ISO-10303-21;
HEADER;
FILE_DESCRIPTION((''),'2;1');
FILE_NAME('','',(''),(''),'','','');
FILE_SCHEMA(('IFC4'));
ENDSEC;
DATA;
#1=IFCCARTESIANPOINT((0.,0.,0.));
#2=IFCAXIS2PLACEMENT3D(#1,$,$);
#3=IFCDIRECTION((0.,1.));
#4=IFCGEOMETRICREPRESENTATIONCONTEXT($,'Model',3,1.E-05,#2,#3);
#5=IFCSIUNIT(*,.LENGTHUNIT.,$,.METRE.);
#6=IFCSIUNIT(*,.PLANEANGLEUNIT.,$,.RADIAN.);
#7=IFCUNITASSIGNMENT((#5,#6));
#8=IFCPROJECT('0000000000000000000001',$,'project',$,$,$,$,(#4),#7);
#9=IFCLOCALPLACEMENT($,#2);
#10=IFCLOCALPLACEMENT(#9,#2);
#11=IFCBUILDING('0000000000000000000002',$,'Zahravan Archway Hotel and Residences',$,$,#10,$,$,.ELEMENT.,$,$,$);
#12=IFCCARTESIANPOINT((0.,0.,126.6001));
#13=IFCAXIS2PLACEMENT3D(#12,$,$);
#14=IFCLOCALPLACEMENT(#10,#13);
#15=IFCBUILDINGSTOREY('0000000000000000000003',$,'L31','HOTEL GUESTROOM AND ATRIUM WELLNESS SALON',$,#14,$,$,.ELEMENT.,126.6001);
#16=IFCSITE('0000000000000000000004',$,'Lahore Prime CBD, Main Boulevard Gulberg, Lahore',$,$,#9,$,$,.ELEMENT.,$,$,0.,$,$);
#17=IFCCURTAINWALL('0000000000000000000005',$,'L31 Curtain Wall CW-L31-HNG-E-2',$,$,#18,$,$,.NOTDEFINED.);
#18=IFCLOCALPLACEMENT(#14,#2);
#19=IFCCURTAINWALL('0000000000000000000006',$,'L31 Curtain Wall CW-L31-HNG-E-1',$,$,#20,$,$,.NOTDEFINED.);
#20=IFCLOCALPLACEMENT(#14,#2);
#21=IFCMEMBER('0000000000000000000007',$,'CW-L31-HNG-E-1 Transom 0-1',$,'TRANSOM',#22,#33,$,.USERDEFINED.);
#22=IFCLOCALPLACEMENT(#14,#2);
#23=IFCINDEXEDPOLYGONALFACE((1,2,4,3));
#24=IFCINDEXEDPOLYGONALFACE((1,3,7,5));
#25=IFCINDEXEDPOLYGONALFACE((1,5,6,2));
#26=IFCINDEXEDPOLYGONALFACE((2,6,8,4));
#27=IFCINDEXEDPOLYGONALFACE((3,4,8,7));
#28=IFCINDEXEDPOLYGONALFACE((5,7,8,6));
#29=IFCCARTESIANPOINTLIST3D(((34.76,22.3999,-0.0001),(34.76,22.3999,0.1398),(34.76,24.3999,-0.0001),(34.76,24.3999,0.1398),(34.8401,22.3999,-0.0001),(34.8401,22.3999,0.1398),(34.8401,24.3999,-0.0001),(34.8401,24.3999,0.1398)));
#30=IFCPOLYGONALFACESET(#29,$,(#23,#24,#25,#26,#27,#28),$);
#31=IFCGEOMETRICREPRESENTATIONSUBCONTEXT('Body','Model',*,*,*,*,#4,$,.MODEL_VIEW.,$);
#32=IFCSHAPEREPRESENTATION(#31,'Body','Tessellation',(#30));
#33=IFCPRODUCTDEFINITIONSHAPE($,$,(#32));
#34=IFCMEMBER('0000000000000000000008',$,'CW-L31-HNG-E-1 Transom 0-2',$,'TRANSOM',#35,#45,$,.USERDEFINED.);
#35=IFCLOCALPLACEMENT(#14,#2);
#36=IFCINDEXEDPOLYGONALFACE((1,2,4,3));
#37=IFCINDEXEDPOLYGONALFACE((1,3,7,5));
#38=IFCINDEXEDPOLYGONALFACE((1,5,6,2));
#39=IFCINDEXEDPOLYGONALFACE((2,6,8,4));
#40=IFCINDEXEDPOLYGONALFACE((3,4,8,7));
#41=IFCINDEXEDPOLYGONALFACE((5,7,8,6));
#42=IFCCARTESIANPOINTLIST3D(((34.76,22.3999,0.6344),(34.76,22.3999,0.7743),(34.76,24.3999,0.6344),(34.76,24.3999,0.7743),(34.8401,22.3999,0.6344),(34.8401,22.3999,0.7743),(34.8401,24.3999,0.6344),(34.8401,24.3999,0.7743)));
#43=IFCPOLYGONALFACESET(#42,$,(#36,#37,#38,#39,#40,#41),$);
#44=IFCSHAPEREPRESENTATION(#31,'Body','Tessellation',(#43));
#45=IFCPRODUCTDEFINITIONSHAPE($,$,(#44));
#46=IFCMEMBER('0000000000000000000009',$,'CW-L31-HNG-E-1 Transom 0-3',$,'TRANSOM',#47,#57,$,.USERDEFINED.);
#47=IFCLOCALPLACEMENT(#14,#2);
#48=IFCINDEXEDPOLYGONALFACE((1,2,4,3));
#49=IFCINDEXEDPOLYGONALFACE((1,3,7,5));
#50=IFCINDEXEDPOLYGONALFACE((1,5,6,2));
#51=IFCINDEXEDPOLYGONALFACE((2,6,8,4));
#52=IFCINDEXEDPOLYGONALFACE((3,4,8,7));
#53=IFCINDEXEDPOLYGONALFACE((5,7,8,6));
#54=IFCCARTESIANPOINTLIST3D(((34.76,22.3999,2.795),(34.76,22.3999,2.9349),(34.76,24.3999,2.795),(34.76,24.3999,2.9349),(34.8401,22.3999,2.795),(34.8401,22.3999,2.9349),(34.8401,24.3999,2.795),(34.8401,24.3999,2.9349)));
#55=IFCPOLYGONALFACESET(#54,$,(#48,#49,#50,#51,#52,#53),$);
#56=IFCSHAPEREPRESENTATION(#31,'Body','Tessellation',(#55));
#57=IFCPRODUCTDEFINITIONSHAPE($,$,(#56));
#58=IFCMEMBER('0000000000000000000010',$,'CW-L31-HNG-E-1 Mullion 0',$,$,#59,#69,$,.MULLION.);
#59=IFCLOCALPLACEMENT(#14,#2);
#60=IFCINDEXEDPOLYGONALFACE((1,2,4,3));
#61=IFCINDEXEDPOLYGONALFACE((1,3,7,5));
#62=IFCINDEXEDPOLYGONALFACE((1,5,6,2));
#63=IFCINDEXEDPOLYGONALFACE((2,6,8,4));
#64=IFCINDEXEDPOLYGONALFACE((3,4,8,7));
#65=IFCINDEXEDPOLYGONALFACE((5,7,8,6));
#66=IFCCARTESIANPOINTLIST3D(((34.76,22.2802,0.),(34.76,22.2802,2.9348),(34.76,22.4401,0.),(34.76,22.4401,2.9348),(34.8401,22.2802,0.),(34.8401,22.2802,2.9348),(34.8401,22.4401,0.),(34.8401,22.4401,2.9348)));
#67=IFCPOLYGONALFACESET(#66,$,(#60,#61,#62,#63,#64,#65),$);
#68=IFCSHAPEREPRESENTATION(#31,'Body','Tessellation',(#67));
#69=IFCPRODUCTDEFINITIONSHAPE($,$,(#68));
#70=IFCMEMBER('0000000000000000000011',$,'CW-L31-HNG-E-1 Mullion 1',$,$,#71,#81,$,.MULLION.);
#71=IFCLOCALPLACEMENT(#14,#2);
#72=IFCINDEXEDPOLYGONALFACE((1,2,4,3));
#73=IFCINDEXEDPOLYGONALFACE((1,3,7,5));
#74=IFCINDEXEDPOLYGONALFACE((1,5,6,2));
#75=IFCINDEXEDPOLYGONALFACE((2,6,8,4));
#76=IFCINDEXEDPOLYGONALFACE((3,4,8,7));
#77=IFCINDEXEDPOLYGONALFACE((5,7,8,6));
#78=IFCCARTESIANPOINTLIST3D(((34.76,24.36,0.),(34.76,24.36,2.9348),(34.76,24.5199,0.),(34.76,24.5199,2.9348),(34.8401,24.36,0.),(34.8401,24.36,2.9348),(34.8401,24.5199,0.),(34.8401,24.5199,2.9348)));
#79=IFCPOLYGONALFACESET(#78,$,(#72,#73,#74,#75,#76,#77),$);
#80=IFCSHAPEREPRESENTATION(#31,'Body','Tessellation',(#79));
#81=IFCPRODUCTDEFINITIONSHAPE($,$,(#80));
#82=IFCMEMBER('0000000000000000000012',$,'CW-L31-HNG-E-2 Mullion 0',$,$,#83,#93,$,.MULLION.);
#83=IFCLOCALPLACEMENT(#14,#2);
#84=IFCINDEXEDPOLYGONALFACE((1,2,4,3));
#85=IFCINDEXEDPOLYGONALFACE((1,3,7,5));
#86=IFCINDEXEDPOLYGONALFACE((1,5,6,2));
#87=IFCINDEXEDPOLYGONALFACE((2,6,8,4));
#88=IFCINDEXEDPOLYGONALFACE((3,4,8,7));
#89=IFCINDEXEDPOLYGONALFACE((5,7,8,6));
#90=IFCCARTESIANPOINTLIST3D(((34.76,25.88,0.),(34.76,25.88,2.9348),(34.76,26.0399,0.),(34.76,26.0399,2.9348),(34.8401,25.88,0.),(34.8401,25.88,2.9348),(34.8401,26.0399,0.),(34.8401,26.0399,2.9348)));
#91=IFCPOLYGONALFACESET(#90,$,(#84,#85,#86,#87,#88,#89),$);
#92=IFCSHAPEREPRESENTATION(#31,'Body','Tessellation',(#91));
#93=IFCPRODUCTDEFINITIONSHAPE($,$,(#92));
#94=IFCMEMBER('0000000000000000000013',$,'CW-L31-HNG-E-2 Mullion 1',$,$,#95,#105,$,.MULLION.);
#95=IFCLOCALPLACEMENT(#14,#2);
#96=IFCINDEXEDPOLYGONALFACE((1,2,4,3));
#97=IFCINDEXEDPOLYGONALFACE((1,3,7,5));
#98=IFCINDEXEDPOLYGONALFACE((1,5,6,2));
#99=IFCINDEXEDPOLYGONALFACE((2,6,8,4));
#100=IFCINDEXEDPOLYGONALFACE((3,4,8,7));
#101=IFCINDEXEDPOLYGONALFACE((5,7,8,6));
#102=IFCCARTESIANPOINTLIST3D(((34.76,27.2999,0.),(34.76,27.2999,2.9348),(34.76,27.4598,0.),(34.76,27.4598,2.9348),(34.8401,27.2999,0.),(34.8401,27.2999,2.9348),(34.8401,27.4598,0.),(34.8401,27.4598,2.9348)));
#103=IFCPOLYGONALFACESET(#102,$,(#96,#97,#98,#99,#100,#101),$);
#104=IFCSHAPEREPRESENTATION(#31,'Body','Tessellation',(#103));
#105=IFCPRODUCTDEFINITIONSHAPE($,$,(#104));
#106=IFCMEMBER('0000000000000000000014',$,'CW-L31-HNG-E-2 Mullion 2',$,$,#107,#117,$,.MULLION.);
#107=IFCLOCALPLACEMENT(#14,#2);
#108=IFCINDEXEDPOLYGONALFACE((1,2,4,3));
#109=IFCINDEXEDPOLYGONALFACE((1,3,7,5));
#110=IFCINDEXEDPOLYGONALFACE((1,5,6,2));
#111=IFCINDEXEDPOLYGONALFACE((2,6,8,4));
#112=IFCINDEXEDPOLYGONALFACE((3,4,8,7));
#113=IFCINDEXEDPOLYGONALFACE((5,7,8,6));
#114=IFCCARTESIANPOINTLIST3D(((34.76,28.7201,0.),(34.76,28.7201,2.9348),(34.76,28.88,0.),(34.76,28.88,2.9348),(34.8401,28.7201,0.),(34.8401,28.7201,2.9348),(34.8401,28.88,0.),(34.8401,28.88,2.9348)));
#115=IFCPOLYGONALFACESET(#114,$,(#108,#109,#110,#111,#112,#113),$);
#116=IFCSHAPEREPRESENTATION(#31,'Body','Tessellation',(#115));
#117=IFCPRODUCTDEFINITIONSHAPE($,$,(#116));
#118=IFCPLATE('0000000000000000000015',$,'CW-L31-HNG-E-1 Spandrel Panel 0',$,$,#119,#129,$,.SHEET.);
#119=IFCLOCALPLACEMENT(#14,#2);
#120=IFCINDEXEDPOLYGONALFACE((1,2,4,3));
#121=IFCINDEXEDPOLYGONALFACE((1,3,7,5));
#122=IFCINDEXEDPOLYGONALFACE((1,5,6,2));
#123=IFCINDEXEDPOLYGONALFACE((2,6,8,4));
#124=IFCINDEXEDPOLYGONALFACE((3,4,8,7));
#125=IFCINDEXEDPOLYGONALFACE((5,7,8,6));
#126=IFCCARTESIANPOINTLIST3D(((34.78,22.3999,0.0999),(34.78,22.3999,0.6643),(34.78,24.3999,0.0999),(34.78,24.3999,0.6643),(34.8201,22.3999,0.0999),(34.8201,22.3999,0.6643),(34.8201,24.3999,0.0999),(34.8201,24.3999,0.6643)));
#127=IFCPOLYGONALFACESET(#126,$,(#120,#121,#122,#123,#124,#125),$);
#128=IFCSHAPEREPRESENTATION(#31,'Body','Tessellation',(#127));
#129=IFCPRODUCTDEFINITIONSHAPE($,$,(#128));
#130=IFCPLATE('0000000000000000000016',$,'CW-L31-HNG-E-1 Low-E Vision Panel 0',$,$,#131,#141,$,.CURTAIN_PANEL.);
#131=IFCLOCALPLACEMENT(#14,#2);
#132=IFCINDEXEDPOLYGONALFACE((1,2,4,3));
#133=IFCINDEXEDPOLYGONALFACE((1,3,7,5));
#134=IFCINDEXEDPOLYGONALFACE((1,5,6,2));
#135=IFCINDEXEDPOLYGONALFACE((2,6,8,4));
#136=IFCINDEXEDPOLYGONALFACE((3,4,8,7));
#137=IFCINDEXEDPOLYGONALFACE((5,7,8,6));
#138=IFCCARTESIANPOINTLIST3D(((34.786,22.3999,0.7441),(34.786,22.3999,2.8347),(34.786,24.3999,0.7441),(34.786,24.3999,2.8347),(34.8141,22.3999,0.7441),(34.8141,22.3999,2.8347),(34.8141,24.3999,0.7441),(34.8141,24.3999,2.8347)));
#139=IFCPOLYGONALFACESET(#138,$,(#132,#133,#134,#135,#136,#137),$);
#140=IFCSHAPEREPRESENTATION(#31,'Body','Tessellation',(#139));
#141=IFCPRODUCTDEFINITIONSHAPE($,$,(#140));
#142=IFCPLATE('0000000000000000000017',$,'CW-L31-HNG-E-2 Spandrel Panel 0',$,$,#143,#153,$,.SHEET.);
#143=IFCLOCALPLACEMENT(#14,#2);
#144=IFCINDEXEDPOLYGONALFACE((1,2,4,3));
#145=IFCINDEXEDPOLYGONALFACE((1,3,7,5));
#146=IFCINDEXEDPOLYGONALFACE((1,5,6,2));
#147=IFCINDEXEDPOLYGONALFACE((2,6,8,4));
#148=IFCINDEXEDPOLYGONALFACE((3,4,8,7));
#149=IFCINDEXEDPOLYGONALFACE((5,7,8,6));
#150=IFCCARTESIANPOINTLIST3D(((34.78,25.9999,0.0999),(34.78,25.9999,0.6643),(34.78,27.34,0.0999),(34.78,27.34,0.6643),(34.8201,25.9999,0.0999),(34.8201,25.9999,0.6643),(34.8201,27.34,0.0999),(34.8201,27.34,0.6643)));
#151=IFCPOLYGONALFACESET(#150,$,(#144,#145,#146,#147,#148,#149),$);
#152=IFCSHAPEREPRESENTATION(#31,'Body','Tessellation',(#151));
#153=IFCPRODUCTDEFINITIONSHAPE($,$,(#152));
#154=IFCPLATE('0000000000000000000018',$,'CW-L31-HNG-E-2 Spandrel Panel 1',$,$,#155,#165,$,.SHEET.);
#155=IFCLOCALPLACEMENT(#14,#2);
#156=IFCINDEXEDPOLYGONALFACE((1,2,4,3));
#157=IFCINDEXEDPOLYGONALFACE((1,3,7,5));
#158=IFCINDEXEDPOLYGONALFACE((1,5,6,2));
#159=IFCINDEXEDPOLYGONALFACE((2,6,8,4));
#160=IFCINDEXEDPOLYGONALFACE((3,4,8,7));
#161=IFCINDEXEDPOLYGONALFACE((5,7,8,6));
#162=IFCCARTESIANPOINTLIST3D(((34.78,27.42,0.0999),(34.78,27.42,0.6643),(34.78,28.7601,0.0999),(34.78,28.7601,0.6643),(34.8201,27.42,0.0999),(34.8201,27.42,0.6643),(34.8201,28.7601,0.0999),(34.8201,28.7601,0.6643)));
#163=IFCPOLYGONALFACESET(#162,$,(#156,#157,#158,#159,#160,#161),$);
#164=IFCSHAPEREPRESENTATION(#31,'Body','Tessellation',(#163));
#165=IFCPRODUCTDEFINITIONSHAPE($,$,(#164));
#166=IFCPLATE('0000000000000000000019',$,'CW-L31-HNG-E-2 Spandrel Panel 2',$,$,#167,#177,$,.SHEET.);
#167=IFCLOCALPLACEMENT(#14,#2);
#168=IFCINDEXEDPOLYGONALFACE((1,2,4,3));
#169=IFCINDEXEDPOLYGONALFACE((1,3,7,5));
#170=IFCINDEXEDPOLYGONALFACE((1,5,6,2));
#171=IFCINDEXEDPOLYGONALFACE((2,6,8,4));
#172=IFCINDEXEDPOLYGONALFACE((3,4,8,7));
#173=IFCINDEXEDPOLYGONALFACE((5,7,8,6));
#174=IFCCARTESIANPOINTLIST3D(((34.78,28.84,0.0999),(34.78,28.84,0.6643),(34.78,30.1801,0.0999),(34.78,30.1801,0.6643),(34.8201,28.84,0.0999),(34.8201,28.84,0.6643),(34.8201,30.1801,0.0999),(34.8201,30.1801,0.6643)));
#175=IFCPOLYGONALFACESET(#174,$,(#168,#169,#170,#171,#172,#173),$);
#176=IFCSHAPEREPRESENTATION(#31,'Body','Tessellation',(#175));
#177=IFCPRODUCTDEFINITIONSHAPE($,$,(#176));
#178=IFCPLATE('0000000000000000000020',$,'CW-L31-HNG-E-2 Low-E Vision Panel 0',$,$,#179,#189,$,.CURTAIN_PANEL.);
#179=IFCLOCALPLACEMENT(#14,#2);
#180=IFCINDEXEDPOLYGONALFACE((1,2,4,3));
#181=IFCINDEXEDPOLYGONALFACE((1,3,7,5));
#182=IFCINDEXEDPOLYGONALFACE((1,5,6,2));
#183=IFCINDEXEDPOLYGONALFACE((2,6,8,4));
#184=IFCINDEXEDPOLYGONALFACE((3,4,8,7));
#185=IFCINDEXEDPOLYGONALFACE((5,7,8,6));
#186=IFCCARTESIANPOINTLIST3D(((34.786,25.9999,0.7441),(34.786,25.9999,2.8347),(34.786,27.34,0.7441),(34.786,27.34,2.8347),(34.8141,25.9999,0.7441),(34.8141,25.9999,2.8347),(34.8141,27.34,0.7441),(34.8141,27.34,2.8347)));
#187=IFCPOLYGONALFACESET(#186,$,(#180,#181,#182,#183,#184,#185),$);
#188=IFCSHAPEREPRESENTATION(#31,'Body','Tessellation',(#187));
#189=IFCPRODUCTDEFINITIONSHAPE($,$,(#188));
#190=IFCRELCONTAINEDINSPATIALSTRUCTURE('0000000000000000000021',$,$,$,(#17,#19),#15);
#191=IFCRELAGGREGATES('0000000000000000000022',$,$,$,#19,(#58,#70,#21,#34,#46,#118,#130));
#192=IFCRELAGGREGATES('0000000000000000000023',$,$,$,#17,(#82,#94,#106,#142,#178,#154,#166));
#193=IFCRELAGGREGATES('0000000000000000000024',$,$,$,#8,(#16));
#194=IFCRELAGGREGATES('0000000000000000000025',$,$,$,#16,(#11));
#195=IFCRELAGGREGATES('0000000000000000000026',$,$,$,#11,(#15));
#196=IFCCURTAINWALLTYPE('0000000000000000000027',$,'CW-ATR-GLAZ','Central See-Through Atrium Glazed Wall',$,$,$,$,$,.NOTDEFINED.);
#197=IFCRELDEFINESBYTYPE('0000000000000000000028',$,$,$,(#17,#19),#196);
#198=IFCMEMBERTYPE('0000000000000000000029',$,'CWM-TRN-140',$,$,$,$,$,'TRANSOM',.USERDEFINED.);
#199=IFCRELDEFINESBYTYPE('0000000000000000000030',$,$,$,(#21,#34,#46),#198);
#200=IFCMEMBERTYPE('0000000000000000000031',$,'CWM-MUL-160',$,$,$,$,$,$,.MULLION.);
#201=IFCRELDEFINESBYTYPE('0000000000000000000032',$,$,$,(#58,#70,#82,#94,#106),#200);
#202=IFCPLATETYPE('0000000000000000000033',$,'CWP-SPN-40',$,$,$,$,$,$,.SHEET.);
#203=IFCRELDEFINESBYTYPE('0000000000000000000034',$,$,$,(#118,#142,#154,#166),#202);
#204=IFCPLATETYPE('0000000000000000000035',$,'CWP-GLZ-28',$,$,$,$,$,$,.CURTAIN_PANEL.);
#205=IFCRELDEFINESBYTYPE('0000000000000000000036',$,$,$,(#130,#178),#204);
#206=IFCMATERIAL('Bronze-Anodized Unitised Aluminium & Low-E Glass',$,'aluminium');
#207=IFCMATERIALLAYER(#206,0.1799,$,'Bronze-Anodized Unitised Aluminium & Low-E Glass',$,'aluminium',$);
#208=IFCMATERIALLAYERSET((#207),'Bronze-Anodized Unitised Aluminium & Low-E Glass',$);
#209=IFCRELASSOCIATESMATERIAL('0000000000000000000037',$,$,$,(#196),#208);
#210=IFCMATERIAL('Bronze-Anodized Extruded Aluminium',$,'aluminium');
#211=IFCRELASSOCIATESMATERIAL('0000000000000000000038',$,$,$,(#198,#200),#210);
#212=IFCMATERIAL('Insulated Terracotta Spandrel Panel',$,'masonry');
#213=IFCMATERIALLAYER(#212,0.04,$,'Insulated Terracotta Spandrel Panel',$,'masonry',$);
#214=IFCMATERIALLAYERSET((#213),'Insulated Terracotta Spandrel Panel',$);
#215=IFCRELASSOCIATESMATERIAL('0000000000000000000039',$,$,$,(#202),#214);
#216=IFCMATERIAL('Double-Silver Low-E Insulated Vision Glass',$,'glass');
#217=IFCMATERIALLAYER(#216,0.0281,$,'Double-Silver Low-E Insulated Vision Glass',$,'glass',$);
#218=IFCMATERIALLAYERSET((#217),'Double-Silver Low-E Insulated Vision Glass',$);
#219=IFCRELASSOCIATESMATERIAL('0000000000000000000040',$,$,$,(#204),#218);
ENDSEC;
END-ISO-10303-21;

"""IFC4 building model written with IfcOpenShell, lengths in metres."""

from ifc_helpers import new_model, si_unit, direction, frame, origin, origin_2d, place, context, subcontext, project, spatial, rectangle, extrude, source, transform, mapped, material, layer, layer_set, material_profile, profile_set, type_object, element, aggregate, save


model = new_model("IFC4")

# Units and contexts
model_context = context("Model", 3, precision=1e-05, world=origin(), true_north=direction((0.0, 1.0)))
body_context = subcontext(model_context, "Body", "Model", "MODEL_VIEW")
ifc_project = project(units=[si_unit("LENGTHUNIT", "METRE"), si_unit("PLANEANGLEUNIT", "RADIAN")], contexts=[model_context])

# Site, building, storey
site_placement = place(None, origin())
site = spatial("IfcSite", under=ifc_project, at=site_placement, Name="Lahore Prime CBD, Main Boulevard Gulberg, Lahore", CompositionType="ELEMENT", RefElevation=0.0)
building_placement = place(site_placement, origin())
building = spatial("IfcBuilding", under=site, at=building_placement, Name="Zahravan Archway Hotel and Residences", CompositionType="ELEMENT")
storey_placement = place(building_placement, frame((0.0, 0.0, 126.6001)))
storey = spatial("IfcBuildingStorey", under=building, at=storey_placement, Name="L31", Description="HOTEL GUESTROOM AND ATRIUM WELLNESS SALON", CompositionType="ELEMENT", Elevation=126.6001)

# Curtain walls, members
ifc_material_1 = material(Name="Bronze-Anodized Unitised Aluminium & Low-E Glass", Category="aluminium")
ifc_layer_1 = layer(ifc_material_1, 0.1799, Name="Bronze-Anodized Unitised Aluminium & Low-E Glass", Category="aluminium")
ifc_layer_set_1 = layer_set([ifc_layer_1], Name="Bronze-Anodized Unitised Aluminium & Low-E Glass")
curtain_wall_type = type_object("IfcCurtainWallType", Name="CW-ATR-GLAZ", Description="Central See-Through Atrium Glazed Wall", PredefinedType="NOTDEFINED", material=ifc_layer_set_1)
curtain_wall_1_placement = place(storey_placement, origin())
curtain_wall_1 = element("IfcCurtainWall", 1, at=curtain_wall_1_placement, inside=storey, type_object=curtain_wall_type, Name="L31 Curtain Wall CW-L31-HNG-E-2", PredefinedType="NOTDEFINED")
ifc_material_2 = material(Name="Bronze-Anodized Extruded Aluminium", Category="aluminium")
ifc_material_profile_1 = material_profile(ifc_material_2, rectangle(XDim=0.0801, YDim=0.1399, at=origin_2d()), Name="TRN 80x140", Category="aluminium")
ifc_profile_set_1 = profile_set([ifc_material_profile_1], Name="Bronze-Anodized Extruded Aluminium")
member_type_1 = type_object("IfcMemberType", Name="CWM-TRN-140", ElementType="TRANSOM", PredefinedType="USERDEFINED", material=ifc_profile_set_1)
curtain_wall_2_placement = place(storey_placement, origin())
curtain_wall_2 = element("IfcCurtainWall", 2, at=curtain_wall_2_placement, inside=storey, type_object=curtain_wall_type, Name="L31 Curtain Wall CW-L31-HNG-E-1", PredefinedType="NOTDEFINED")
shared_shape_1 = source(origin(), body_context, "Body", "SweptSolid", [
    extrude(rectangle(XDim=0.0801, YDim=0.1399, at=origin_2d()), origin(), (0.0, 0.0, 1.0), 2.0),
])
member_1_placement = place(storey_placement, frame((34.8, 22.3999, 0.0698), z_axis=(0.0, 1.0, 0.0), x_axis=(-1.0, 0.0, 0.0)))
member_1 = element("IfcMember", 3, at=member_1_placement, type_object=member_type_1, Name="CW-L31-HNG-E-1 Transom 0-1", ObjectType="TRANSOM", PredefinedType="USERDEFINED", context=body_context, shape_type="MappedRepresentation", body=[
    mapped(shared_shape_1, transform((0.0, 0.0, 0.0), scale=1.0)),
])
member_2_placement = place(storey_placement, frame((34.8, 22.3999, 0.7043), z_axis=(0.0, 1.0, 0.0), x_axis=(-1.0, 0.0, 0.0)))
member_2 = element("IfcMember", 4, at=member_2_placement, type_object=member_type_1, Name="CW-L31-HNG-E-1 Transom 0-2", ObjectType="TRANSOM", PredefinedType="USERDEFINED", context=body_context, shape_type="MappedRepresentation", body=[
    mapped(shared_shape_1, transform((0.0, 0.0, 0.0), scale=1.0)),
])
member_3_placement = place(storey_placement, frame((34.8, 22.3999, 2.865), z_axis=(0.0, 1.0, 0.0), x_axis=(-1.0, 0.0, 0.0)))
member_3 = element("IfcMember", 5, at=member_3_placement, type_object=member_type_1, Name="CW-L31-HNG-E-1 Transom 0-3", ObjectType="TRANSOM", PredefinedType="USERDEFINED", context=body_context, shape_type="MappedRepresentation", body=[
    mapped(shared_shape_1, transform((0.0, 0.0, 0.0), scale=1.0)),
])
ifc_material_profile_2 = material_profile(ifc_material_2, rectangle(XDim=0.0801, YDim=0.1599, at=origin_2d()), Name="MUL 80x160", Category="aluminium")
ifc_profile_set_2 = profile_set([ifc_material_profile_2], Name="Bronze-Anodized Extruded Aluminium")
member_type_2 = type_object("IfcMemberType", Name="CWM-MUL-160", PredefinedType="MULLION", material=ifc_profile_set_2)
shared_shape_2 = source(origin(), body_context, "Body", "SweptSolid", [
    extrude(rectangle(XDim=0.0801, YDim=0.1599, at=origin_2d()), origin(), (0.0, 0.0, 1.0), 2.9348),
])
member_4_placement = place(storey_placement, frame((34.8, 22.3601, 0.0), z_axis=(0.0, 0.0, 1.0), x_axis=(1.0, 0.0, 0.0)))
member_4 = element("IfcMember", 6, at=member_4_placement, type_object=member_type_2, Name="CW-L31-HNG-E-1 Mullion 0", PredefinedType="MULLION", context=body_context, shape_type="MappedRepresentation", body=[
    mapped(shared_shape_2, transform((0.0, 0.0, 0.0), scale=1.0)),
])
member_5_placement = place(storey_placement, frame((34.8, 24.4399, 0.0), z_axis=(0.0, 0.0, 1.0), x_axis=(1.0, 0.0, 0.0)))
member_5 = element("IfcMember", 7, at=member_5_placement, type_object=member_type_2, Name="CW-L31-HNG-E-1 Mullion 1", PredefinedType="MULLION", context=body_context, shape_type="MappedRepresentation", body=[
    mapped(shared_shape_2, transform((0.0, 0.0, 0.0), scale=1.0)),
])

# Members
member_6_placement = place(storey_placement, frame((34.8, 25.96, 0.0), z_axis=(0.0, 0.0, 1.0), x_axis=(1.0, 0.0, 0.0)))
member_6 = element("IfcMember", 8, at=member_6_placement, type_object=member_type_2, Name="CW-L31-HNG-E-2 Mullion 0", PredefinedType="MULLION", context=body_context, shape_type="MappedRepresentation", body=[
    mapped(shared_shape_2, transform((0.0, 0.0, 0.0), scale=1.0)),
])
member_7_placement = place(storey_placement, frame((34.8, 27.3799, 0.0), z_axis=(0.0, 0.0, 1.0), x_axis=(1.0, 0.0, 0.0)))
member_7 = element("IfcMember", 9, at=member_7_placement, type_object=member_type_2, Name="CW-L31-HNG-E-2 Mullion 1", PredefinedType="MULLION", context=body_context, shape_type="MappedRepresentation", body=[
    mapped(shared_shape_2, transform((0.0, 0.0, 0.0), scale=1.0)),
])
member_8_placement = place(storey_placement, frame((34.8, 28.8, 0.0), z_axis=(0.0, 0.0, 1.0), x_axis=(1.0, 0.0, 0.0)))
member_8 = element("IfcMember", 10, at=member_8_placement, type_object=member_type_2, Name="CW-L31-HNG-E-2 Mullion 2", PredefinedType="MULLION", context=body_context, shape_type="MappedRepresentation", body=[
    mapped(shared_shape_2, transform((0.0, 0.0, 0.0), scale=1.0)),
])

# Plates
ifc_material_3 = material(Name="Insulated Terracotta Spandrel Panel", Category="masonry")
ifc_layer_2 = layer(ifc_material_3, 0.04, Name="Insulated Terracotta Spandrel Panel", Category="masonry")
ifc_layer_set_2 = layer_set([ifc_layer_2], Name="Insulated Terracotta Spandrel Panel")
plate_type_1 = type_object("IfcPlateType", Name="CWP-SPN-40", PredefinedType="SHEET", material=ifc_layer_set_2)
shared_shape_3 = source(origin(), body_context, "Body", "SweptSolid", [
    extrude(rectangle(XDim=2.0, YDim=0.04, at=origin_2d()), origin(), (0.0, 0.0, 1.0), 0.5645),
])
plate_1_placement = place(storey_placement, frame((34.8, 23.3999, 0.0999), z_axis=(0.0, 0.0, 1.0), x_axis=(0.0, 1.0, 0.0)))
plate_1 = element("IfcPlate", 11, at=plate_1_placement, type_object=plate_type_1, Name="CW-L31-HNG-E-1 Spandrel Panel 0", PredefinedType="SHEET", context=body_context, shape_type="MappedRepresentation", body=[
    mapped(shared_shape_3, transform((0.0, 0.0, 0.0), scale=1.0)),
])
ifc_material_4 = material(Name="Double-Silver Low-E Insulated Vision Glass", Category="glass")
ifc_layer_3 = layer(ifc_material_4, 0.0281, Name="Double-Silver Low-E Insulated Vision Glass", Category="glass")
ifc_layer_set_3 = layer_set([ifc_layer_3], Name="Double-Silver Low-E Insulated Vision Glass")
plate_type_2 = type_object("IfcPlateType", Name="CWP-GLZ-28", PredefinedType="CURTAIN_PANEL", material=ifc_layer_set_3)
shared_shape_4 = source(origin(), body_context, "Body", "SweptSolid", [
    extrude(rectangle(XDim=2.0, YDim=0.0281, at=origin_2d()), origin(), (0.0, 0.0, 1.0), 2.0906),
])
plate_2_placement = place(storey_placement, frame((34.8, 23.3999, 0.7441), z_axis=(0.0, 0.0, 1.0), x_axis=(0.0, 1.0, 0.0)))
plate_2 = element("IfcPlate", 12, at=plate_2_placement, type_object=plate_type_2, Name="CW-L31-HNG-E-1 Low-E Vision Panel 0", PredefinedType="CURTAIN_PANEL", context=body_context, shape_type="MappedRepresentation", body=[
    mapped(shared_shape_4, transform((0.0, 0.0, 0.0), scale=1.0)),
])
aggregate(curtain_wall_2, [member_4, member_5, member_1, member_2, member_3, plate_1, plate_2])
shared_shape_5 = source(origin(), body_context, "Body", "SweptSolid", [
    extrude(rectangle(XDim=1.3401, YDim=0.04, at=origin_2d()), origin(), (0.0, 0.0, 1.0), 0.5645),
])
plate_3_placement = place(storey_placement, frame((34.8, 26.6699, 0.0999), z_axis=(0.0, 0.0, 1.0), x_axis=(0.0, 1.0, 0.0)))
plate_3 = element("IfcPlate", 13, at=plate_3_placement, type_object=plate_type_1, Name="CW-L31-HNG-E-2 Spandrel Panel 0", PredefinedType="SHEET", context=body_context, shape_type="MappedRepresentation", body=[
    mapped(shared_shape_5, transform((0.0, 0.0, 0.0), scale=1.0)),
])
plate_4_placement = place(storey_placement, frame((34.8, 28.0901, 0.0999), z_axis=(0.0, 0.0, 1.0), x_axis=(0.0, 1.0, 0.0)))
plate_4 = element("IfcPlate", 14, at=plate_4_placement, type_object=plate_type_1, Name="CW-L31-HNG-E-2 Spandrel Panel 1", PredefinedType="SHEET", context=body_context, shape_type="MappedRepresentation", body=[
    mapped(shared_shape_5, transform((0.0, 0.0, 0.0), scale=1.0)),
])
plate_5_placement = place(storey_placement, frame((34.8, 29.51, 0.0999), z_axis=(0.0, 0.0, 1.0), x_axis=(0.0, 1.0, 0.0)))
plate_5 = element("IfcPlate", 15, at=plate_5_placement, type_object=plate_type_1, Name="CW-L31-HNG-E-2 Spandrel Panel 2", PredefinedType="SHEET", context=body_context, shape_type="MappedRepresentation", body=[
    mapped(shared_shape_5, transform((0.0, 0.0, 0.0), scale=1.0)),
])
shared_shape_6 = source(origin(), body_context, "Body", "SweptSolid", [
    extrude(rectangle(XDim=1.3401, YDim=0.0281, at=origin_2d()), origin(), (0.0, 0.0, 1.0), 2.0906),
])
plate_6_placement = place(storey_placement, frame((34.8, 26.6699, 0.7441), z_axis=(0.0, 0.0, 1.0), x_axis=(0.0, 1.0, 0.0)))
plate_6 = element("IfcPlate", 16, at=plate_6_placement, type_object=plate_type_2, Name="CW-L31-HNG-E-2 Low-E Vision Panel 0", PredefinedType="CURTAIN_PANEL", context=body_context, shape_type="MappedRepresentation", body=[
    mapped(shared_shape_6, transform((0.0, 0.0, 0.0), scale=1.0)),
])
aggregate(curtain_wall_1, [member_6, member_7, member_8, plate_3, plate_6, plate_4, plate_5])

save(model, "model.ifc")
